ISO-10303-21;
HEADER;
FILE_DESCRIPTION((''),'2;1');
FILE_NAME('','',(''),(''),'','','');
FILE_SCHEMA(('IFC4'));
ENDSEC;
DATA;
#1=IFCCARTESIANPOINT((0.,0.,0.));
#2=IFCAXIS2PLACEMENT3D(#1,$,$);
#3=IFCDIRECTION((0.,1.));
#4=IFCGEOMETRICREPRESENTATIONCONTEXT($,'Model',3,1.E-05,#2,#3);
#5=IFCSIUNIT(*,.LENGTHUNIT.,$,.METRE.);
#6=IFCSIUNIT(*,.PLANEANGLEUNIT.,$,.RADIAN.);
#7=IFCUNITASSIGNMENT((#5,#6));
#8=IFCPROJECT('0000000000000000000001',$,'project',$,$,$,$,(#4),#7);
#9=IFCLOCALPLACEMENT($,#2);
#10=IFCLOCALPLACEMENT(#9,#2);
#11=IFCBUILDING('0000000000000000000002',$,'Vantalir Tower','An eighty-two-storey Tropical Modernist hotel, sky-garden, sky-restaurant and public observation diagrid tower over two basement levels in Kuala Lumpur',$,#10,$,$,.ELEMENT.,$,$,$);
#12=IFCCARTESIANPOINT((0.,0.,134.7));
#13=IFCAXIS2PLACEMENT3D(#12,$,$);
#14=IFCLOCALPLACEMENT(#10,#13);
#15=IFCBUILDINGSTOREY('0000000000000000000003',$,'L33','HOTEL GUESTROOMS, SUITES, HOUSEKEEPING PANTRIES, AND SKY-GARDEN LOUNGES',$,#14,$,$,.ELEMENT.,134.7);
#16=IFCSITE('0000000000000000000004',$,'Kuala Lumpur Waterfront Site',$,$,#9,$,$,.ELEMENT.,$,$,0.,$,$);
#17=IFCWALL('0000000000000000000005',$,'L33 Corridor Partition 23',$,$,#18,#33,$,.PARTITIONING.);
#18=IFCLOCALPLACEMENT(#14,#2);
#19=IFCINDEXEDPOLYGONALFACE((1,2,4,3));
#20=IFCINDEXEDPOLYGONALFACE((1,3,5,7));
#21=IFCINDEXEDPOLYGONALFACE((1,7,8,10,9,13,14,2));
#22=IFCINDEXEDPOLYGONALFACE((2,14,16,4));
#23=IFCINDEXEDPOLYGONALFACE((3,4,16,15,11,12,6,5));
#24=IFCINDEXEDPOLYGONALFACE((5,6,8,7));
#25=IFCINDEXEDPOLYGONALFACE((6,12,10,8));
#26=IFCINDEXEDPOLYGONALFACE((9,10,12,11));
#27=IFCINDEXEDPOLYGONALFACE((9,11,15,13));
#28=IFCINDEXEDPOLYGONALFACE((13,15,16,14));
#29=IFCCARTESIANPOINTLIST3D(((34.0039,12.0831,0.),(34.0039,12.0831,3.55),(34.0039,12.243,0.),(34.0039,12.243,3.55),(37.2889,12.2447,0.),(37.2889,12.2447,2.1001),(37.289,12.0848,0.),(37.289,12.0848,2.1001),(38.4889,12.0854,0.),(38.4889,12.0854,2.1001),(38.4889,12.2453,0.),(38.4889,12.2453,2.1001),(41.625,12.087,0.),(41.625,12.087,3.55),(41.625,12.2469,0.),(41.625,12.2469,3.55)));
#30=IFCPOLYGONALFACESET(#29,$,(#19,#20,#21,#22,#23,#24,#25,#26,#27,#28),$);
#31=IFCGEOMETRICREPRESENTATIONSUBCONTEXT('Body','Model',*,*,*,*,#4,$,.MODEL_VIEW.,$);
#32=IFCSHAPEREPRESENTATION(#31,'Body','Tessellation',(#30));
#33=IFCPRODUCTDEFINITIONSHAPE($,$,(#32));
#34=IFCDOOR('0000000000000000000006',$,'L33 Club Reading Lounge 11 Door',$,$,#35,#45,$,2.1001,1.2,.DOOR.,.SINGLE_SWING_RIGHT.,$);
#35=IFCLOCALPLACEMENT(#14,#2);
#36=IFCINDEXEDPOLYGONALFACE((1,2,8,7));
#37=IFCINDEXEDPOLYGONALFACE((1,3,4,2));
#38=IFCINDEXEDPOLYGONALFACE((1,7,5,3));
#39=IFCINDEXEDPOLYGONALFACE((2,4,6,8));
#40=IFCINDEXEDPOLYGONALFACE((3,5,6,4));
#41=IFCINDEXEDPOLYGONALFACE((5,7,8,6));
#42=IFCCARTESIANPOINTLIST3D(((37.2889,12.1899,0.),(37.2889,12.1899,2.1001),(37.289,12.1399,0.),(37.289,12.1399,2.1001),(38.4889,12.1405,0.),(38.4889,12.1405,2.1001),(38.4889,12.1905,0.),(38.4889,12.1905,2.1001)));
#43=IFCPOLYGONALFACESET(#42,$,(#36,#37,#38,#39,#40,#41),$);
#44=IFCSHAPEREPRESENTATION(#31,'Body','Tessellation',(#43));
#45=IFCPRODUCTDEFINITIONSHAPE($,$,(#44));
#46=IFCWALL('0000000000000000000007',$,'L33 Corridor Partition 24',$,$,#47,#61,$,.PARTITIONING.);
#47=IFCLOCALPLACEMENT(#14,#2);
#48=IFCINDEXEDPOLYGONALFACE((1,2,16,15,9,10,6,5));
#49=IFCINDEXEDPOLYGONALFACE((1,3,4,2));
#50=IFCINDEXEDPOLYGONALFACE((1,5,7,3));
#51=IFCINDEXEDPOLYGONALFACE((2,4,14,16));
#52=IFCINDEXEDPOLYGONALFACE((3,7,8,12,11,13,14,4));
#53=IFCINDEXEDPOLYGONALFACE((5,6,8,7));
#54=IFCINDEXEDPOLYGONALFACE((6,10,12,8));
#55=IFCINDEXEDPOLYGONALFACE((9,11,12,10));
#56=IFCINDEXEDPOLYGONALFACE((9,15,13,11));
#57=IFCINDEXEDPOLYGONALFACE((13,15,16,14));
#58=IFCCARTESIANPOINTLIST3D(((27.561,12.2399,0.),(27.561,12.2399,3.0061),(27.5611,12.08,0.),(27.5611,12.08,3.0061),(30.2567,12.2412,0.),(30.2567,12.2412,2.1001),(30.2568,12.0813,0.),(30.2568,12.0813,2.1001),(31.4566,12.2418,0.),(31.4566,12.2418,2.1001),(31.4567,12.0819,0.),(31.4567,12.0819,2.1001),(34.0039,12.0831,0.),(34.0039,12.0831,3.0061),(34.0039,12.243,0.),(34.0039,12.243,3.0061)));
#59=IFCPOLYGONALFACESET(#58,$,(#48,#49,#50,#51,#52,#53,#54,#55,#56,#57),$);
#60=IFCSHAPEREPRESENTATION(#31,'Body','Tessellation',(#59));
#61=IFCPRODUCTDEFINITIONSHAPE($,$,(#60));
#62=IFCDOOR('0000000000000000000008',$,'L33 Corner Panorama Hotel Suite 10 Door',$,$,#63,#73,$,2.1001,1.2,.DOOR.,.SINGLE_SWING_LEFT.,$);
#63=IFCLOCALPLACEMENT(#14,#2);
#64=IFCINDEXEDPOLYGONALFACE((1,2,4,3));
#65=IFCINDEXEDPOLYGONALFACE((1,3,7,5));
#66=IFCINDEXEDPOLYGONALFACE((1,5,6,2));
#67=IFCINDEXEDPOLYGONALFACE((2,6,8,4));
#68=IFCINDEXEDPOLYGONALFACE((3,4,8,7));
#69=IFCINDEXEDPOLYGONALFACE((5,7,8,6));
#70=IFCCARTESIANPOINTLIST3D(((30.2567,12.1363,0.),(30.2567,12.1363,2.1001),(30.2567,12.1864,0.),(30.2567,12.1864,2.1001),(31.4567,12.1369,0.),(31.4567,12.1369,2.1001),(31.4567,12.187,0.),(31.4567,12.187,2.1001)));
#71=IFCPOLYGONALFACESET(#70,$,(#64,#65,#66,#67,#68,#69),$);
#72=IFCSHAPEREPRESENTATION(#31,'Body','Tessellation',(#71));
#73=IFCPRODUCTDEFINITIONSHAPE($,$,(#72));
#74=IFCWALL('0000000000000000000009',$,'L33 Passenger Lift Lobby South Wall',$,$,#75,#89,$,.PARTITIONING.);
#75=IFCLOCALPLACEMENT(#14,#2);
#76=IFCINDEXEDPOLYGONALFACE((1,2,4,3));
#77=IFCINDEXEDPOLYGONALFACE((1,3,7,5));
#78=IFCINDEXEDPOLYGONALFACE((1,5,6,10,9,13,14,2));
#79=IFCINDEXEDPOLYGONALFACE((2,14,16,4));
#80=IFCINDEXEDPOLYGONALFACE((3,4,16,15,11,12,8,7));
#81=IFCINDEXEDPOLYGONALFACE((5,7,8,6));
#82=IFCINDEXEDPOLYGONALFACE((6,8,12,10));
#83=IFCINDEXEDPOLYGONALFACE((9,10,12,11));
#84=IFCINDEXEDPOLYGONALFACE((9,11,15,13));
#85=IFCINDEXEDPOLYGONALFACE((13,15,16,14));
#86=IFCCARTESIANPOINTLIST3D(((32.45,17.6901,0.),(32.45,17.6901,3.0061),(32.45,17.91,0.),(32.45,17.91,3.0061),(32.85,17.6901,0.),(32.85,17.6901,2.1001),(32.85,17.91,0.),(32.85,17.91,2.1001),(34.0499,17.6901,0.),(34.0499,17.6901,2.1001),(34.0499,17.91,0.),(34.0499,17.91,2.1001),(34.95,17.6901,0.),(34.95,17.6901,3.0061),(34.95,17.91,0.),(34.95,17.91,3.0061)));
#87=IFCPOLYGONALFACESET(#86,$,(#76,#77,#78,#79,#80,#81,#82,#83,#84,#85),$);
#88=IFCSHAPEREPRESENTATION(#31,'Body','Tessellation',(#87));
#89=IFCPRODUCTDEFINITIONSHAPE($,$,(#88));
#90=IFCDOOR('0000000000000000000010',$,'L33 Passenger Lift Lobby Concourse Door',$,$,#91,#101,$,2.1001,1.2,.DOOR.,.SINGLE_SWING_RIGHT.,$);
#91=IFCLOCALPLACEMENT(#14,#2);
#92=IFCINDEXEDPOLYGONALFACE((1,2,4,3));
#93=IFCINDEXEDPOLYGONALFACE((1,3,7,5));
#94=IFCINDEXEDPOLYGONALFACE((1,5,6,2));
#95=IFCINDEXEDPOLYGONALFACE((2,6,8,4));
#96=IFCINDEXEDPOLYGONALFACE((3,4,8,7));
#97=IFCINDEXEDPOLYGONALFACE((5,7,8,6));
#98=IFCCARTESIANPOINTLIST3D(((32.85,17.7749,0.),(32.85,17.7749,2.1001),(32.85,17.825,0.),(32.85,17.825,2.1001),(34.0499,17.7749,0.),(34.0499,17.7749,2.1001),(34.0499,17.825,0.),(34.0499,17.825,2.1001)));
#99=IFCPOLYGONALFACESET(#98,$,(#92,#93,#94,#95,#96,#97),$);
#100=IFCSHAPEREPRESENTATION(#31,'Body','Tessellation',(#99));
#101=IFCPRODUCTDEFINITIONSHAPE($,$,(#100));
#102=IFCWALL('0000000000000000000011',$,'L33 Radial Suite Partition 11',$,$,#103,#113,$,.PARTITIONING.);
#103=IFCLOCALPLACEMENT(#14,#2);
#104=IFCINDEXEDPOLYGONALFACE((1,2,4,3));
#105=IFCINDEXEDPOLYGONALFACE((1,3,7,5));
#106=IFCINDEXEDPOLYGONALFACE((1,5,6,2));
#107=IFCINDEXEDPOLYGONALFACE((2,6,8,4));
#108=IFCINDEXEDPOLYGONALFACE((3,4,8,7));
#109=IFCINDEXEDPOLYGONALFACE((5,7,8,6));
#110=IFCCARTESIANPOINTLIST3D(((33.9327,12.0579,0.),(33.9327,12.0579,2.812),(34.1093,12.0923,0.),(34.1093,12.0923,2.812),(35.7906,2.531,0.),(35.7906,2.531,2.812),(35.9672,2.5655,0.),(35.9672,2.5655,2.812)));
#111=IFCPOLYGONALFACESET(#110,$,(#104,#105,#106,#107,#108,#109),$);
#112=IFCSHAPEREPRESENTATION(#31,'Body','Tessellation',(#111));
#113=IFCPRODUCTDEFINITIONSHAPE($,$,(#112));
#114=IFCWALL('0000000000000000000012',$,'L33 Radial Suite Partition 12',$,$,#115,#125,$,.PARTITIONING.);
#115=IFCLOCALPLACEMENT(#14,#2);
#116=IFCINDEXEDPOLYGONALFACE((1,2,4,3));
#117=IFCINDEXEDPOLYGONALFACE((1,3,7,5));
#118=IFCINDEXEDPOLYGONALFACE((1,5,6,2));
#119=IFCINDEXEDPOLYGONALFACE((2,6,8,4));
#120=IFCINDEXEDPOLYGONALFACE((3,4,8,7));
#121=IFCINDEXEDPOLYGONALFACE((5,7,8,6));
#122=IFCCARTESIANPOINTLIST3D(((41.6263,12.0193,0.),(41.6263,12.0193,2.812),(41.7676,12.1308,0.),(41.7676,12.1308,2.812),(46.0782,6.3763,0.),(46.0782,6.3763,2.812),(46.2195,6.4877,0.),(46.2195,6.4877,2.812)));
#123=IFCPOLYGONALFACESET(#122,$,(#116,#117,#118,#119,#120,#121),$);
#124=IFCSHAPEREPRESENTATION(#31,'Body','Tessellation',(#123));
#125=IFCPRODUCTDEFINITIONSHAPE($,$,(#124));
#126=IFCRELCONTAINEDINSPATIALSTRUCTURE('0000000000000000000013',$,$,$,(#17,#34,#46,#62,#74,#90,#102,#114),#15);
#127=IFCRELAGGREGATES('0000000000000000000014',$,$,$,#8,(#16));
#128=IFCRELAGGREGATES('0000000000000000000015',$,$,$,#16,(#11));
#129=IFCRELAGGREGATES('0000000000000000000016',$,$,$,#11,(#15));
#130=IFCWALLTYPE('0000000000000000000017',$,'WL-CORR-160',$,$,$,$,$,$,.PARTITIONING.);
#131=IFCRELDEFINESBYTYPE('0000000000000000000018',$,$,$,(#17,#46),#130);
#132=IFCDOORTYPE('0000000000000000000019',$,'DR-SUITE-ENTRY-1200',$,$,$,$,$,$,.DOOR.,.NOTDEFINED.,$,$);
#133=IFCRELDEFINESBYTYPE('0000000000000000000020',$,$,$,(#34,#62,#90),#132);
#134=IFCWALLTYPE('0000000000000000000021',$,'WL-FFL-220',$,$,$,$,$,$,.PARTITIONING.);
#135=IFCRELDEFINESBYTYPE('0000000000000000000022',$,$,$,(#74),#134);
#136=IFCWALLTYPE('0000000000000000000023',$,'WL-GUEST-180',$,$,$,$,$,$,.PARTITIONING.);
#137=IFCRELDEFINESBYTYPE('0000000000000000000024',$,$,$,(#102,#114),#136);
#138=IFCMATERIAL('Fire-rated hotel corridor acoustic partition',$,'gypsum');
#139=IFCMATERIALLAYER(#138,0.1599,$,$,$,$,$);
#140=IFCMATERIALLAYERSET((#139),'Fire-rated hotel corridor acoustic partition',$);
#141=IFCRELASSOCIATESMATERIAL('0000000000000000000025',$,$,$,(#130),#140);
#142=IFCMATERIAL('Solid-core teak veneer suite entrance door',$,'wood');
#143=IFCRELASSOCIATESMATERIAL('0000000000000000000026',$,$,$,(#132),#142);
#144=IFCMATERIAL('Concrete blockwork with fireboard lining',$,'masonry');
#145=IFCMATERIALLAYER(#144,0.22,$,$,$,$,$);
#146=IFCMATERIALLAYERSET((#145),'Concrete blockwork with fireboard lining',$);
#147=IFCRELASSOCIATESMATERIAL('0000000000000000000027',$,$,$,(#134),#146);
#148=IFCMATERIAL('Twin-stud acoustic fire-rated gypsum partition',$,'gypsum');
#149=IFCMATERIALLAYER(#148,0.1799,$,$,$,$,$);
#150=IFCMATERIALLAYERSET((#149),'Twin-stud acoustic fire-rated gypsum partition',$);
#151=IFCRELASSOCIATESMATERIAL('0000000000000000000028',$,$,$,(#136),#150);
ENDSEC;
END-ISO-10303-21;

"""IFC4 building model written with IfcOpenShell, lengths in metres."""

from ifc_helpers import new_model, si_unit, direction, frame, frame_2d, origin, place, context, subcontext, project, spatial, rectangle, extrude, material, layer, layer_set, type_object, element, fill, save


model = new_model("IFC4")

# Units and contexts
model_context = context("Model", 3, precision=1e-05, world=origin(), true_north=direction((0.0, 1.0)))
body_context = subcontext(model_context, "Body", "Model", "MODEL_VIEW")
ifc_project = project(units=[si_unit("LENGTHUNIT", "METRE"), si_unit("PLANEANGLEUNIT", "RADIAN")], contexts=[model_context])

# Site, building, storey
site_placement = place(None, origin())
site = spatial("IfcSite", under=ifc_project, at=site_placement, Name="Kuala Lumpur Waterfront Site", CompositionType="ELEMENT", RefElevation=0.0)
building_placement = place(site_placement, origin())
building = spatial("IfcBuilding", under=site, at=building_placement, Name="Vantalir Tower", Description="An eighty-two-storey Tropical Modernist hotel, sky-garden, sky-restaurant and public observation diagrid tower over two basement levels in Kuala Lumpur", CompositionType="ELEMENT")
storey_placement = place(building_placement, frame((0.0, 0.0, 134.7)))
storey = spatial("IfcBuildingStorey", under=building, at=storey_placement, Name="L33", Description="HOTEL GUESTROOMS, SUITES, HOUSEKEEPING PANTRIES, AND SKY-GARDEN LOUNGES", CompositionType="ELEMENT", Elevation=134.7)

# Shared definitions
ifc_material_1 = material(Name="Fire-rated hotel corridor acoustic partition", Category="gypsum")
ifc_layer_1 = layer(ifc_material_1, 0.1599)
ifc_layer_set_1 = layer_set([ifc_layer_1], Name="Fire-rated hotel corridor acoustic partition")
wall_type_1 = type_object("IfcWallType", Name="WL-CORR-160", PredefinedType="PARTITIONING", material=ifc_layer_set_1)

# Walls, openings, doors
wall_1_placement = place(storey_placement, frame((41.625, 12.167, 0.0), z_axis=(0.0, 0.0, 1.0), x_axis=(-1.0, -0.000513, 0.0)))
wall_1 = element("IfcWall", 1, at=wall_1_placement, inside=storey, type_object=wall_type_1, Name="L33 Corridor Partition 23", PredefinedType="PARTITIONING", context=body_context, shape_type="SweptSolid", body=[
    extrude(rectangle(XDim=7.6211, YDim=0.1599, at=frame_2d((3.8105, 0.0))), origin(), (0.0, 0.0, 1.0), 3.55),
])
opening_1_placement = place(wall_1_placement, frame((3.136, 0.0, 0.0)))
opening_1 = element("IfcOpeningElement", 2, at=opening_1_placement, cuts=wall_1, PredefinedType="OPENING", context=body_context, shape_type="SweptSolid", body=[
    extrude(rectangle(XDim=1.2, YDim=2.1001, at=frame_2d((0.6001, 1.05))), frame((0.0, 0.0898, 0.0), z_axis=(0.0, -1.0, 0.0), x_axis=(1.0, 0.0, 0.0)), (0.0, 0.0, 1.0), 0.1799),
])
ifc_material_2 = material(Name="Solid-core teak veneer suite entrance door", Category="wood")
door_type = type_object("IfcDoorType", Name="DR-SUITE-ENTRY-1200", OperationType="NOTDEFINED", PredefinedType="DOOR", material=ifc_material_2)
door_1_placement = place(opening_1_placement, origin())
door_1 = element("IfcDoor", 3, at=door_1_placement, inside=storey, type_object=door_type, Name="L33 Club Reading Lounge 11 Door", OperationType="SINGLE_SWING_RIGHT", OverallHeight=2.1001, OverallWidth=1.2, PredefinedType="DOOR", context=body_context, shape_type="SweptSolid", body=[
    extrude(rectangle(XDim=1.2, YDim=2.1001, at=frame_2d((0.6001, 1.05))), frame((0.0, 0.0249, 0.0), z_axis=(0.0, -1.0, 0.0), x_axis=(1.0, 0.0, 0.0)), (0.0, 0.0, 1.0), 0.05),
])
fill(opening_1, door_1)
wall_2_placement = place(storey_placement, frame((34.0039, 12.1631, 0.0), z_axis=(0.0, 0.0, 1.0), x_axis=(-1.0, -0.000493, 0.0)))
wall_2 = element("IfcWall", 4, at=wall_2_placement, inside=storey, type_object=wall_type_1, Name="L33 Corridor Partition 24", PredefinedType="PARTITIONING", context=body_context, shape_type="SweptSolid", body=[
    extrude(rectangle(XDim=6.4429, YDim=0.1599, at=frame_2d((3.2214, 0.0))), origin(), (0.0, 0.0, 1.0), 3.0061),
])
opening_2_placement = place(wall_2_placement, frame((2.5471, 0.0, 0.0)))
opening_2 = element("IfcOpeningElement", 5, at=opening_2_placement, cuts=wall_2, PredefinedType="OPENING", context=body_context, shape_type="SweptSolid", body=[
    extrude(rectangle(XDim=1.2, YDim=2.1001, at=frame_2d((0.6001, 1.05))), frame((0.0, 0.0898, 0.0), z_axis=(0.0, -1.0, 0.0), x_axis=(1.0, 0.0, 0.0)), (0.0, 0.0, 1.0), 0.1799),
])
door_2_placement = place(opening_2_placement, origin())
door_2 = element("IfcDoor", 6, at=door_2_placement, inside=storey, type_object=door_type, Name="L33 Corner Panorama Hotel Suite 10 Door", OperationType="SINGLE_SWING_LEFT", OverallHeight=2.1001, OverallWidth=1.2, PredefinedType="DOOR", context=body_context, shape_type="SweptSolid", body=[
    extrude(rectangle(XDim=1.2, YDim=2.1001, at=frame_2d((0.6001, 1.05))), frame((0.0, 0.0249, 0.0), z_axis=(0.0, -1.0, 0.0), x_axis=(1.0, 0.0, 0.0)), (0.0, 0.0, 1.0), 0.05),
])
fill(opening_2, door_2)
ifc_material_3 = material(Name="Concrete blockwork with fireboard lining", Category="masonry")
ifc_layer_2 = layer(ifc_material_3, 0.22)
ifc_layer_set_2 = layer_set([ifc_layer_2], Name="Concrete blockwork with fireboard lining")
wall_type_2 = type_object("IfcWallType", Name="WL-FFL-220", PredefinedType="PARTITIONING", material=ifc_layer_set_2)
wall_3_placement = place(storey_placement, frame((32.45, 17.8, 0.0), z_axis=(0.0, 0.0, 1.0), x_axis=(1.0, 0.0, 0.0)))
wall_3 = element("IfcWall", 7, at=wall_3_placement, inside=storey, type_object=wall_type_2, Name="L33 Passenger Lift Lobby South Wall", PredefinedType="PARTITIONING", context=body_context, shape_type="SweptSolid", body=[
    extrude(rectangle(XDim=2.5, YDim=0.22, at=frame_2d((1.25, 0.0))), origin(), (0.0, 0.0, 1.0), 3.0061),
])
opening_3_placement = place(wall_3_placement, frame((0.3999, 0.0, 0.0)))
opening_3 = element("IfcOpeningElement", 8, at=opening_3_placement, cuts=wall_3, PredefinedType="OPENING", context=body_context, shape_type="SweptSolid", body=[
    extrude(rectangle(XDim=1.2, YDim=2.1001, at=frame_2d((0.6001, 1.05))), frame((0.0, 0.1199, 0.0), z_axis=(0.0, -1.0, 0.0), x_axis=(1.0, 0.0, 0.0)), (0.0, 0.0, 1.0), 0.24),
])
door_3_placement = place(opening_3_placement, origin())
door_3 = element("IfcDoor", 9, at=door_3_placement, inside=storey, type_object=door_type, Name="L33 Passenger Lift Lobby Concourse Door", OperationType="SINGLE_SWING_RIGHT", OverallHeight=2.1001, OverallWidth=1.2, PredefinedType="DOOR", context=body_context, shape_type="SweptSolid", body=[
    extrude(rectangle(XDim=1.2, YDim=2.1001, at=frame_2d((0.6001, 1.05))), frame((0.0, 0.0249, 0.0), z_axis=(0.0, -1.0, 0.0), x_axis=(1.0, 0.0, 0.0)), (0.0, 0.0, 1.0), 0.05),
])
fill(opening_3, door_3)

# Walls
ifc_material_4 = material(Name="Twin-stud acoustic fire-rated gypsum partition", Category="gypsum")
ifc_layer_3 = layer(ifc_material_4, 0.1799)
ifc_layer_set_3 = layer_set([ifc_layer_3], Name="Twin-stud acoustic fire-rated gypsum partition")
wall_type_3 = type_object("IfcWallType", Name="WL-GUEST-180", PredefinedType="PARTITIONING", material=ifc_layer_set_3)
wall_4_placement = place(storey_placement, frame((34.021, 12.075, 0.0), z_axis=(0.0, 0.0, 1.0), x_axis=(0.191412, -0.98151, 0.0)))
element("IfcWall", 10, at=wall_4_placement, inside=storey, type_object=wall_type_3, Name="L33 Radial Suite Partition 11", PredefinedType="PARTITIONING", context=body_context, shape_type="SweptSolid", body=[
    extrude(rectangle(XDim=9.7063, YDim=0.1799, at=frame_2d((4.853, 0.0))), origin(), (0.0, 0.0, 1.0), 2.812),
])
wall_5_placement = place(storey_placement, frame((41.697, 12.075, 0.0), z_axis=(0.0, 0.0, 1.0), x_axis=(0.619374, -0.785096, 0.0)))
element("IfcWall", 11, at=wall_5_placement, inside=storey, type_object=wall_type_3, Name="L33 Radial Suite Partition 12", PredefinedType="PARTITIONING", context=body_context, shape_type="SweptSolid", body=[
    extrude(rectangle(XDim=7.1877, YDim=0.1799, at=frame_2d((3.5938, 0.0))), origin(), (0.0, 0.0, 1.0), 2.812),
])

save(model, "model.ifc")
